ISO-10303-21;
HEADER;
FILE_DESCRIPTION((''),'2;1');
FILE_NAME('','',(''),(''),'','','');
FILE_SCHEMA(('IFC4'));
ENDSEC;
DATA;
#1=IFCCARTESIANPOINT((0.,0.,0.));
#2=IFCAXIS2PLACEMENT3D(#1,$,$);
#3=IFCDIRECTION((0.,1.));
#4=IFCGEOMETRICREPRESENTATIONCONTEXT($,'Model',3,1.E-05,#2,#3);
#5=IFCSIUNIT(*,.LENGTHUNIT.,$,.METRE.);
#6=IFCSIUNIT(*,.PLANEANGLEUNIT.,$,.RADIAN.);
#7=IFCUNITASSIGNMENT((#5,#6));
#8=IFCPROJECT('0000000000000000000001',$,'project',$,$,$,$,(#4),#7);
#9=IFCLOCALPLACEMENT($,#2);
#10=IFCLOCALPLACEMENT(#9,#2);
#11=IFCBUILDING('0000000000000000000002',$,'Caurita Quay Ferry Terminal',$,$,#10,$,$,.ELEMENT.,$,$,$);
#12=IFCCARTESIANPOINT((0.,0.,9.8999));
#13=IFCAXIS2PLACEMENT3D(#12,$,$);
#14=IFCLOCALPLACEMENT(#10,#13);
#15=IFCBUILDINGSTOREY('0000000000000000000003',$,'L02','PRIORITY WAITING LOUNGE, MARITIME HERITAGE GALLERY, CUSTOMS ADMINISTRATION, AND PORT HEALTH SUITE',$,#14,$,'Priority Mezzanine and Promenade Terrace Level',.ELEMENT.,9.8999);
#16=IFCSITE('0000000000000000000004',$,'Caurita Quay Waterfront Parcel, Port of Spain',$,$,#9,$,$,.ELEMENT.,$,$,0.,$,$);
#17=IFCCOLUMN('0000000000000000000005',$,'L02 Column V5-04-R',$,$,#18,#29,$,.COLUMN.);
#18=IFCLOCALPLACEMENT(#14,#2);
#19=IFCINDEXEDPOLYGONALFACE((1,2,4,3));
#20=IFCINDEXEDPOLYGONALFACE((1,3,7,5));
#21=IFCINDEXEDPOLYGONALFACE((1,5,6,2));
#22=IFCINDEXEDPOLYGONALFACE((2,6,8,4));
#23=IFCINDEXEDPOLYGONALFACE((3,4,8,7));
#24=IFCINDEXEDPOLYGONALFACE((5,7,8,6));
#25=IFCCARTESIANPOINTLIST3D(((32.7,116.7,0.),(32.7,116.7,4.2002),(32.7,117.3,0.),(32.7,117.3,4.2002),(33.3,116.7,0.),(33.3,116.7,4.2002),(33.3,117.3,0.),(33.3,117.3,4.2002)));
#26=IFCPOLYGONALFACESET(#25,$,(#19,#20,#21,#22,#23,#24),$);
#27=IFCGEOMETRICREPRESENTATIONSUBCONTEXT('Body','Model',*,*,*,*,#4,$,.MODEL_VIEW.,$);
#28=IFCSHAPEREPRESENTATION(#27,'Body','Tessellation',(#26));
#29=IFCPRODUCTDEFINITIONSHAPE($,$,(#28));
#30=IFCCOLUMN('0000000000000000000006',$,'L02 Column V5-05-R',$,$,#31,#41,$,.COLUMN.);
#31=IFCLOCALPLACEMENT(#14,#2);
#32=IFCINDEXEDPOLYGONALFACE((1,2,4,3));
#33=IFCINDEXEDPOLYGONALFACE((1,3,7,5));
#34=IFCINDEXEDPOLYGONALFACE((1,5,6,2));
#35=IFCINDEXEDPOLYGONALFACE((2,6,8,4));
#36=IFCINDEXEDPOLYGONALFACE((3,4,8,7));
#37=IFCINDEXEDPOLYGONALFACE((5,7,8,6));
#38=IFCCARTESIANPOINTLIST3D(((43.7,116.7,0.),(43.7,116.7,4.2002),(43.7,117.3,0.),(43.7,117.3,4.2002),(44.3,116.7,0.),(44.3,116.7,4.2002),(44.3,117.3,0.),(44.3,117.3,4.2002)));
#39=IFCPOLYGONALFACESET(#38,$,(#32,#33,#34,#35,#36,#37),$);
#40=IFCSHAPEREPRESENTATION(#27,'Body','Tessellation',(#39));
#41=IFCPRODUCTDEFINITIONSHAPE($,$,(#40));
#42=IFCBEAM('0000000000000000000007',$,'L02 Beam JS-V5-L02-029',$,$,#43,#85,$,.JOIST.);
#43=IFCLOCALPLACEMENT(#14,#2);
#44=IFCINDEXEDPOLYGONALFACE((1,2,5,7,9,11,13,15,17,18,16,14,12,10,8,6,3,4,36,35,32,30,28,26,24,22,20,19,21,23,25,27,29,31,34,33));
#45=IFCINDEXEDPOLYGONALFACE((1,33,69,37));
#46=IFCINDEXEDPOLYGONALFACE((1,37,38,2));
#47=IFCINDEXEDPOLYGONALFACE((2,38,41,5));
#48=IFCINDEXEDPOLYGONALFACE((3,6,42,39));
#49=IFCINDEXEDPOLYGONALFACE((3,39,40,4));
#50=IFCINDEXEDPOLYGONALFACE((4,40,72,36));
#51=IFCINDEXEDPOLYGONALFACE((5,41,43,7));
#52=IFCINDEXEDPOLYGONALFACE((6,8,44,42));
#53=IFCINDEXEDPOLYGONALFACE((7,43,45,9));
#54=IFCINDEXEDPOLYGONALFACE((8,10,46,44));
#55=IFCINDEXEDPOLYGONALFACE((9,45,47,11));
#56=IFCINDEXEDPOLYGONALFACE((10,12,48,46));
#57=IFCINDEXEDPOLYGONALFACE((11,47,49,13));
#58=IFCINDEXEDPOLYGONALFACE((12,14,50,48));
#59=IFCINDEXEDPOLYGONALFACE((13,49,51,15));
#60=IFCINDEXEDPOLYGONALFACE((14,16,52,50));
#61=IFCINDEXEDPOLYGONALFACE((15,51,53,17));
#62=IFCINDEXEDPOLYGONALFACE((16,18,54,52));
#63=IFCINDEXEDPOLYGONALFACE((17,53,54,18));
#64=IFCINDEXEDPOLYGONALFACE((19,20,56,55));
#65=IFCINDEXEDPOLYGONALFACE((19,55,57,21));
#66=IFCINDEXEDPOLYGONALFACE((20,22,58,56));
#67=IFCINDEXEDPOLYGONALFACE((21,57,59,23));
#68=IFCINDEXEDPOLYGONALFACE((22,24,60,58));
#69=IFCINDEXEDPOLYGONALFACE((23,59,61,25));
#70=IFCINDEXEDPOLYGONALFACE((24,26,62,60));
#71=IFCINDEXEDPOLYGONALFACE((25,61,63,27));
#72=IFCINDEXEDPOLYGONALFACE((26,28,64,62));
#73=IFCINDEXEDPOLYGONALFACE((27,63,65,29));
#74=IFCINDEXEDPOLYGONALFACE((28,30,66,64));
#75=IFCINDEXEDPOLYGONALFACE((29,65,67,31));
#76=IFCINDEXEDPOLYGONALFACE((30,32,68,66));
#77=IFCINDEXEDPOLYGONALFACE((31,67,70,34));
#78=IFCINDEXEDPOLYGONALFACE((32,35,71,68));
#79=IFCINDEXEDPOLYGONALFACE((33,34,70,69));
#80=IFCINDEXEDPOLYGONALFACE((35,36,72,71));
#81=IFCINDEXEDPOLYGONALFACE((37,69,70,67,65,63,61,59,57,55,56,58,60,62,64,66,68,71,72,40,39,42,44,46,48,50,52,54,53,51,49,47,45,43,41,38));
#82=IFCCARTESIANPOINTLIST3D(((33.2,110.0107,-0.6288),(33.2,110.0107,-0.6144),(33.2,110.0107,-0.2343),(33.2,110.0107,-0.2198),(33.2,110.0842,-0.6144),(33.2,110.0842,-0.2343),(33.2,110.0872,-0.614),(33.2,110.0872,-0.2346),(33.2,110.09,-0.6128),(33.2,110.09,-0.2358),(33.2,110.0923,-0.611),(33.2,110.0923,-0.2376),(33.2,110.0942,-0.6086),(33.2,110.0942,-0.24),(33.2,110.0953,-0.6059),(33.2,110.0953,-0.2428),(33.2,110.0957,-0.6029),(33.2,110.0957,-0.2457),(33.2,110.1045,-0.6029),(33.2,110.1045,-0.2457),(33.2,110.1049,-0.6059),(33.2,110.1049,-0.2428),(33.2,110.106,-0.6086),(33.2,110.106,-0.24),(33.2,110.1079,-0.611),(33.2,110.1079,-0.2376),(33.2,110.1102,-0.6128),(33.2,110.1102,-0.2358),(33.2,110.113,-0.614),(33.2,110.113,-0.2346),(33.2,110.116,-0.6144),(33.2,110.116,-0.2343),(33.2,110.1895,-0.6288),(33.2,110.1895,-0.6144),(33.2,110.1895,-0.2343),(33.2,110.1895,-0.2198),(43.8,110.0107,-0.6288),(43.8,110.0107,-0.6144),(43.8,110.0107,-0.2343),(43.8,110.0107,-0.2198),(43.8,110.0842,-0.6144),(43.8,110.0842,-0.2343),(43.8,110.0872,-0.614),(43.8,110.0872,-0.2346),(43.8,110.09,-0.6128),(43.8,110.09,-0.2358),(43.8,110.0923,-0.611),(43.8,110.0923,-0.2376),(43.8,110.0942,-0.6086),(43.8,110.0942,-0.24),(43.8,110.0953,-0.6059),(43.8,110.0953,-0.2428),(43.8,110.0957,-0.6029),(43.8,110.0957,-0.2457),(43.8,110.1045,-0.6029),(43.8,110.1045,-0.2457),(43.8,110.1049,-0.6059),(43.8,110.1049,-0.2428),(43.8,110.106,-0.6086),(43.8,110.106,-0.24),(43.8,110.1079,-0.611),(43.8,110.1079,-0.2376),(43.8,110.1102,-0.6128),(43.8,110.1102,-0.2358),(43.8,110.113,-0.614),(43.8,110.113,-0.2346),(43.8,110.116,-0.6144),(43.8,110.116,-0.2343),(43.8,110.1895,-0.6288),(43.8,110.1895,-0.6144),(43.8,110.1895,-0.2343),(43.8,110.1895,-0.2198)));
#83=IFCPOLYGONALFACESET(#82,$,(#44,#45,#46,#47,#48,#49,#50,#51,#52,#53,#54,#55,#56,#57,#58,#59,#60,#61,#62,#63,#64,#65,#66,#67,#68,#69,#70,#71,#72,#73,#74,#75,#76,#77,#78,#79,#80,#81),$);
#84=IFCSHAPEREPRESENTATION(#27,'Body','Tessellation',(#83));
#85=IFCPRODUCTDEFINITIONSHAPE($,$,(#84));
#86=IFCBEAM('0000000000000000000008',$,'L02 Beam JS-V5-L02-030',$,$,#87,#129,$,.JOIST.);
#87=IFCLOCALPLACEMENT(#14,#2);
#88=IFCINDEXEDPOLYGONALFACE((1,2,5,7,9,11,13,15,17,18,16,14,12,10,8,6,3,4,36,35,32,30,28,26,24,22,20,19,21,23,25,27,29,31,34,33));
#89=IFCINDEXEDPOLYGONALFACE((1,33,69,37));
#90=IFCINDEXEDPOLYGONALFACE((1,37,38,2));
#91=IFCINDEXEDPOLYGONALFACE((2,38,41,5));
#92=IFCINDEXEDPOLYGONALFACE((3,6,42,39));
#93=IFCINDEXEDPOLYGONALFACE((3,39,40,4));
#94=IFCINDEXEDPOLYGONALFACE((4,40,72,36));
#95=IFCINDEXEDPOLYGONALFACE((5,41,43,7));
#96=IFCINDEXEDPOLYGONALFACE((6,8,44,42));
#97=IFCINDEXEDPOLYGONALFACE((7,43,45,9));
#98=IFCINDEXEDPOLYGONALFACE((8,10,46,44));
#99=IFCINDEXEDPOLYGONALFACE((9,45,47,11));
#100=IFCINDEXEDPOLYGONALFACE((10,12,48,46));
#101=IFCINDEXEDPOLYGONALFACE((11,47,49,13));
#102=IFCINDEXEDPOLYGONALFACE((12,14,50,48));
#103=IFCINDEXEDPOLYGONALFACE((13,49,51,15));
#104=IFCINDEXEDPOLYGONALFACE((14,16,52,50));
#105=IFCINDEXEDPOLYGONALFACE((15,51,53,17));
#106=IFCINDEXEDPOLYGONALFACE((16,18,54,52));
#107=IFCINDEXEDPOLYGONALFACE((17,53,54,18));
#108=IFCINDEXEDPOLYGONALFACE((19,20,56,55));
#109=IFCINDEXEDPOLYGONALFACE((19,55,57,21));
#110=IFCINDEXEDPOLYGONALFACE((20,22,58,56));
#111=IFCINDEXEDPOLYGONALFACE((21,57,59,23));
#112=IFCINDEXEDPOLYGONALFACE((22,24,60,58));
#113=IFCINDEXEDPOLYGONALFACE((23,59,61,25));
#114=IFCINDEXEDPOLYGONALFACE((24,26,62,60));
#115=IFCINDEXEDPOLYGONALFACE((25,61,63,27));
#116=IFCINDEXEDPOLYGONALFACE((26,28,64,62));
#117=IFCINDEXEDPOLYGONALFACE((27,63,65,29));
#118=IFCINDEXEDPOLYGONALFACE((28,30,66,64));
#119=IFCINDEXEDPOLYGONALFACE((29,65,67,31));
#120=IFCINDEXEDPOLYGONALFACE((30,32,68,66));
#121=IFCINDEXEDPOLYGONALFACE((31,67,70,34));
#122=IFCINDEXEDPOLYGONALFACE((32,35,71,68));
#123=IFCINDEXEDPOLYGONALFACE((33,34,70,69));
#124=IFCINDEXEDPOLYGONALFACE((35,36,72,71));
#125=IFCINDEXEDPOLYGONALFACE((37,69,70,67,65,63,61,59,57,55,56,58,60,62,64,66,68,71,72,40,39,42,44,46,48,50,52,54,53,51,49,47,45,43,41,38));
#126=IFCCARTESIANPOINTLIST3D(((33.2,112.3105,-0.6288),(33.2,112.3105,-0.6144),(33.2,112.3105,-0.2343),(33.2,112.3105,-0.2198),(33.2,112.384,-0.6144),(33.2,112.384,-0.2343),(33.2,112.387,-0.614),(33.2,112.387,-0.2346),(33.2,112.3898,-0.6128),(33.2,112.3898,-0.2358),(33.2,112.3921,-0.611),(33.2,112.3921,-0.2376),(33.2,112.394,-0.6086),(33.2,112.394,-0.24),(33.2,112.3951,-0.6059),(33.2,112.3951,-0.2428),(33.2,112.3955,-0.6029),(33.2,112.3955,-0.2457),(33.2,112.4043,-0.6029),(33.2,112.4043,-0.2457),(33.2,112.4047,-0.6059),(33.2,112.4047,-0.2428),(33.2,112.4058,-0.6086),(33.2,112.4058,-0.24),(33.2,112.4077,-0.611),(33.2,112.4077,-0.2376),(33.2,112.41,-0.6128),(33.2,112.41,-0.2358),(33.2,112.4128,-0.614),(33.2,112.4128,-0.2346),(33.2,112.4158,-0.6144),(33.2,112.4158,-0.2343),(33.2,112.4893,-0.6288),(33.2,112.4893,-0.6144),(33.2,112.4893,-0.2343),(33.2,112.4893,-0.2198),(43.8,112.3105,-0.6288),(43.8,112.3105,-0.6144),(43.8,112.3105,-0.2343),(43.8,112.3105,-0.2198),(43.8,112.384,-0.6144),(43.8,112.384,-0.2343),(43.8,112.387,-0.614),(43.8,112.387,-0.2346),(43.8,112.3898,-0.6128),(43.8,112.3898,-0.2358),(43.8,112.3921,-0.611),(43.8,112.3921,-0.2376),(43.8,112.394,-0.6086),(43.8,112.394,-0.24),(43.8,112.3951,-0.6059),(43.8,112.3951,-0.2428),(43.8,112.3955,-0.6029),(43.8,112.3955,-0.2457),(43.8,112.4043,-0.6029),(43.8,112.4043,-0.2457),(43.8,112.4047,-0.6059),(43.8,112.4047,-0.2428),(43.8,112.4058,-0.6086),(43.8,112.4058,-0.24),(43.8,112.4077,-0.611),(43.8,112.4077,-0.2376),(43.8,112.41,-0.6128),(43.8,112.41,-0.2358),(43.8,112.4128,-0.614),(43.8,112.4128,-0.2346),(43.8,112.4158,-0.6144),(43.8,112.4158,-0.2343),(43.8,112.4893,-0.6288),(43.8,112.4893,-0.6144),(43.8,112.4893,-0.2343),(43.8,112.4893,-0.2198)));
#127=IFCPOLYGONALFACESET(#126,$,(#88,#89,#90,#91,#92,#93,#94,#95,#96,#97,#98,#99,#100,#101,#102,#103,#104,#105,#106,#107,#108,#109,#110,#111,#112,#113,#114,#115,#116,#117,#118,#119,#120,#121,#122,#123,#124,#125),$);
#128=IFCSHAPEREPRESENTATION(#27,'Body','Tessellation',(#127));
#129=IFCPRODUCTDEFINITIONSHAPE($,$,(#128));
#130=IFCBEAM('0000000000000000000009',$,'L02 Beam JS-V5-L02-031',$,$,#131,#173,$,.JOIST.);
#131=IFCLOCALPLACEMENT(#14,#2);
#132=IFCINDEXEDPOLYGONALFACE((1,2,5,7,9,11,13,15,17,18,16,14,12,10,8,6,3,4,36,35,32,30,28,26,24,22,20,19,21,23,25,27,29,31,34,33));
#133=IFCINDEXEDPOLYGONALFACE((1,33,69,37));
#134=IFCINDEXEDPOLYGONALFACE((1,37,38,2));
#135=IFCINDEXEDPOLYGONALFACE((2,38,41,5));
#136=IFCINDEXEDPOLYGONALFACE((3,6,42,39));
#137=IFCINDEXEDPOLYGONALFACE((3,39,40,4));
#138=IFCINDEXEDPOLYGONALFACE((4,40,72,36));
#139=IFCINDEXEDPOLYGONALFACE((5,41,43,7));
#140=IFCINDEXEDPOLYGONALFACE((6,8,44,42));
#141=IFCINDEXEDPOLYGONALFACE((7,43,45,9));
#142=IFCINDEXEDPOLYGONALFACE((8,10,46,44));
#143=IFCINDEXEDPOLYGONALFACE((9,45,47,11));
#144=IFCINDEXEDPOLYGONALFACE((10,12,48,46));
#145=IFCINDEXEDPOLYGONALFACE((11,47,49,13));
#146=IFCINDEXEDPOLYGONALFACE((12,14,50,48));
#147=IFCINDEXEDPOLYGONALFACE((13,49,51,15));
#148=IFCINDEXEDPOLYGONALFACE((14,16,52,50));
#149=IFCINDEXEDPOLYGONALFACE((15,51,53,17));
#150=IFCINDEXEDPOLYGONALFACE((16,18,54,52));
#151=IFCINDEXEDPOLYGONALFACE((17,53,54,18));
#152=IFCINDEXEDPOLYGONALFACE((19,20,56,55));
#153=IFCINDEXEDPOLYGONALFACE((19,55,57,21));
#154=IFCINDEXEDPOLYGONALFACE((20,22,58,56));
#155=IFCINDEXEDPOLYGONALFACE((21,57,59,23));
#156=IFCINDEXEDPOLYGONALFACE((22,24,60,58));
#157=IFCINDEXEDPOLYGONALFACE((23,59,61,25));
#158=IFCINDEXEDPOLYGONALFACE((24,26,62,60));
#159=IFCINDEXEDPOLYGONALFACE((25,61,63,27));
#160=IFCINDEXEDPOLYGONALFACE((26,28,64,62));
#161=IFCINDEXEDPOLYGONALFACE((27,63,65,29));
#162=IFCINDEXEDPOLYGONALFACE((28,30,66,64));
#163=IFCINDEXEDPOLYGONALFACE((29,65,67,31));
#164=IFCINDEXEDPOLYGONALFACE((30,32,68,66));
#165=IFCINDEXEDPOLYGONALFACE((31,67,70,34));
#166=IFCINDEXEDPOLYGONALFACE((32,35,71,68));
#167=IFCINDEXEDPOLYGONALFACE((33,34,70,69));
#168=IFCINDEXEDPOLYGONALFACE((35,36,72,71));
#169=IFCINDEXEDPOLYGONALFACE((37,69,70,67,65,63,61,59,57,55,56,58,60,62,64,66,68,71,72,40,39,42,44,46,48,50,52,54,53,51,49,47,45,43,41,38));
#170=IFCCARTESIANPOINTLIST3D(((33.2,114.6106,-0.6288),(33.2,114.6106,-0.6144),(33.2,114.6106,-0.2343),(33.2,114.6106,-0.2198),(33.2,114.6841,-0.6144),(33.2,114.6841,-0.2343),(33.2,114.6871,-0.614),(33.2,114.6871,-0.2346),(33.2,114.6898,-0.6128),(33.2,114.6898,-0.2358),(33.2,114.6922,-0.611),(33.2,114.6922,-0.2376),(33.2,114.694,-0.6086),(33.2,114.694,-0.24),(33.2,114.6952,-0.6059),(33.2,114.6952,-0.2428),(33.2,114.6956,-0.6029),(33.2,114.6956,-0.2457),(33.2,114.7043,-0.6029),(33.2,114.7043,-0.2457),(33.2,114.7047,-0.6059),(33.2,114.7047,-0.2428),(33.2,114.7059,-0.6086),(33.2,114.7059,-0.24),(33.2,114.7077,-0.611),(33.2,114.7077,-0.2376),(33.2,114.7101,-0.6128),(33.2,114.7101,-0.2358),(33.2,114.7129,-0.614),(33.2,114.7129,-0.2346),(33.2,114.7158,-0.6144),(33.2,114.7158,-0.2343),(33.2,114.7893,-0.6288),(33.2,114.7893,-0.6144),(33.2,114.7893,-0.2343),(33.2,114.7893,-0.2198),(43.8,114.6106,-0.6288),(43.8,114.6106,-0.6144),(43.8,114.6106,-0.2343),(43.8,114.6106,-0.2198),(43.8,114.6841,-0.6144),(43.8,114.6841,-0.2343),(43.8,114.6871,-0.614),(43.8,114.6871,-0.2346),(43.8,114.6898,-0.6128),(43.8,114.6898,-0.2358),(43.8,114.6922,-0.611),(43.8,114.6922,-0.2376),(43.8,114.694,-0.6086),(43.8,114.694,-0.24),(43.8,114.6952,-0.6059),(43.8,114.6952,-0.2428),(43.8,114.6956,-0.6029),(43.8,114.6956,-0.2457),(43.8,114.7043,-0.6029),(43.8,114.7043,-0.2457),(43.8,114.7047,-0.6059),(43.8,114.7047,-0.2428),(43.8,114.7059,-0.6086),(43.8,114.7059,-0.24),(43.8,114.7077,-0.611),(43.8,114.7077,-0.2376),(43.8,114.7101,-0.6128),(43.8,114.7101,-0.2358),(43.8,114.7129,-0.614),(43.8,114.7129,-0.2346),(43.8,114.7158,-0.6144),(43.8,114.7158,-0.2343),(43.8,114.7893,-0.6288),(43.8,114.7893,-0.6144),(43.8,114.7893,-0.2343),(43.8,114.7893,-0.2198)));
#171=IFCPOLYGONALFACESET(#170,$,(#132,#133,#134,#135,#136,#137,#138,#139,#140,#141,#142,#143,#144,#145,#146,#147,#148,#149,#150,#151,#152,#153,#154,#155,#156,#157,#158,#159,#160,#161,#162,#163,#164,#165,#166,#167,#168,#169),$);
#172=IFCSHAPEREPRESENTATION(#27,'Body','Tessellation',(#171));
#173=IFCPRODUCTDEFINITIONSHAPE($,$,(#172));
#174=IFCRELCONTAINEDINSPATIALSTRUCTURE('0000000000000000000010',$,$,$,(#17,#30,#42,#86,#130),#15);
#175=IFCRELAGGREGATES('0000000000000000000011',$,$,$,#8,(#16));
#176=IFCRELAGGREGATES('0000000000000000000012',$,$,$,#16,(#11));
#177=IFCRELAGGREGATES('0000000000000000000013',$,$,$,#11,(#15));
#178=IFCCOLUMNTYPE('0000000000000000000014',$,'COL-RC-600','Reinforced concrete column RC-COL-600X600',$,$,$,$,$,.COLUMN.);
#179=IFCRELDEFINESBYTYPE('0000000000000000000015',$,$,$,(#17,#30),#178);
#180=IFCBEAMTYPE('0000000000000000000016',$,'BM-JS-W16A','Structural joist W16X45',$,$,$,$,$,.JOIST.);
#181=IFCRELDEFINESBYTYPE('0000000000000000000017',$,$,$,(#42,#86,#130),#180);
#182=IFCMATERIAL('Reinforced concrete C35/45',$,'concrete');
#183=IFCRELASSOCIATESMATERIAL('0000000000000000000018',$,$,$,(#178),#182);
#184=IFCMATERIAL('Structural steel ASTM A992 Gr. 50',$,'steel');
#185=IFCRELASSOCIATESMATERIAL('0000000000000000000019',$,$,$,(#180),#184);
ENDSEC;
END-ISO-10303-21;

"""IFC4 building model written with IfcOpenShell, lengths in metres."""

from ifc_helpers import new_model, si_unit, direction, frame, origin, origin_2d, place, context, subcontext, project, spatial, rectangle, i_section, extrude, material, material_profile, profile_set, type_object, element, save


model = new_model("IFC4")

# Units and contexts
model_context = context("Model", 3, precision=1e-05, world=origin(), true_north=direction((0.0, 1.0)))
body_context = subcontext(model_context, "Body", "Model", "MODEL_VIEW")
ifc_project = project(units=[si_unit("LENGTHUNIT", "METRE"), si_unit("PLANEANGLEUNIT", "RADIAN")], contexts=[model_context])

# Site, building, storey
site_placement = place(None, origin())
site = spatial("IfcSite", under=ifc_project, at=site_placement, Name="Caurita Quay Waterfront Parcel, Port of Spain", CompositionType="ELEMENT", RefElevation=0.0)
building_placement = place(site_placement, origin())
building = spatial("IfcBuilding", under=site, at=building_placement, Name="Caurita Quay Ferry Terminal", CompositionType="ELEMENT")
storey_placement = place(building_placement, frame((0.0, 0.0, 9.8999)))
storey = spatial("IfcBuildingStorey", under=building, at=storey_placement, Name="L02", Description="PRIORITY WAITING LOUNGE, MARITIME HERITAGE GALLERY, CUSTOMS ADMINISTRATION, AND PORT HEALTH SUITE", LongName="Priority Mezzanine and Promenade Terrace Level", CompositionType="ELEMENT", Elevation=9.8999)

# Columns
ifc_material_1 = material(Name="Reinforced concrete C35/45", Category="concrete")
ifc_material_profile_1 = material_profile(ifc_material_1, rectangle(XDim=0.6001, YDim=0.6001, at=origin_2d()), Name="RC-COL-600X600")
ifc_profile_set_1 = profile_set([ifc_material_profile_1], Name="Reinforced concrete C35/45")
column_type = type_object("IfcColumnType", Name="COL-RC-600", Description="Reinforced concrete column RC-COL-600X600", PredefinedType="COLUMN", material=ifc_profile_set_1)
for number, where, z_axis, x_axis, name in (
    (1, (33.0, 117.0, 0.0), (0.0, 0.0, 1.0), (1.0, 0.0, 0.0), "L02 Column V5-04-R"),
    (2, (44.0, 117.0, 0.0), (0.0, 0.0, 1.0), (1.0, 0.0, 0.0), "L02 Column V5-05-R"),
):
    element("IfcColumn", number, at=place(storey_placement, frame(where, z_axis=z_axis, x_axis=x_axis)), inside=storey, type_object=column_type, Name=name, PredefinedType="COLUMN", context=body_context, shape_type="SweptSolid", body=[
        extrude(rectangle(XDim=0.6001, YDim=0.6001, at=origin_2d()), origin(), (0.0, 0.0, 1.0), 4.2002),
    ])

# Beams
ifc_material_2 = material(Name="Structural steel ASTM A992 Gr. 50", Category="steel")
ifc_material_profile_2 = material_profile(ifc_material_2, i_section(OverallWidth=0.1787, OverallDepth=0.4089, WebThickness=0.0088, FlangeThickness=0.0144, FilletRadius=0.0115, at=origin_2d()), Name="W16X45")
ifc_profile_set_2 = profile_set([ifc_material_profile_2], Name="Structural steel ASTM A992 Gr. 50")
beam_type_1 = type_object("IfcBeamType", Name="BM-JS-W16A", Description="Structural joist W16X45", PredefinedType="JOIST", material=ifc_profile_set_2)
for number, where, z_axis, x_axis, name in (
    (3, (33.2, 110.1001, -0.4243), (1.0, 0.0, 0.0), (0.0, 1.0, 0.0), "L02 Beam JS-V5-L02-029"),
    (4, (33.2, 112.3999, -0.4243), (1.0, 0.0, 0.0), (0.0, 1.0, 0.0), "L02 Beam JS-V5-L02-030"),
    (5, (33.2, 114.7, -0.4243), (1.0, 0.0, 0.0), (0.0, 1.0, 0.0), "L02 Beam JS-V5-L02-031"),
):
    element("IfcBeam", number, at=place(storey_placement, frame(where, z_axis=z_axis, x_axis=x_axis)), inside=storey, type_object=beam_type_1, Name=name, PredefinedType="JOIST", context=body_context, shape_type="SweptSolid", body=[
        extrude(i_section(OverallWidth=0.1787, OverallDepth=0.4089, WebThickness=0.0088, FlangeThickness=0.0144, FilletRadius=0.0115, at=origin_2d()), origin(), (0.0, 0.0, 1.0), 10.6001),
    ])

save(model, "model.ifc")
